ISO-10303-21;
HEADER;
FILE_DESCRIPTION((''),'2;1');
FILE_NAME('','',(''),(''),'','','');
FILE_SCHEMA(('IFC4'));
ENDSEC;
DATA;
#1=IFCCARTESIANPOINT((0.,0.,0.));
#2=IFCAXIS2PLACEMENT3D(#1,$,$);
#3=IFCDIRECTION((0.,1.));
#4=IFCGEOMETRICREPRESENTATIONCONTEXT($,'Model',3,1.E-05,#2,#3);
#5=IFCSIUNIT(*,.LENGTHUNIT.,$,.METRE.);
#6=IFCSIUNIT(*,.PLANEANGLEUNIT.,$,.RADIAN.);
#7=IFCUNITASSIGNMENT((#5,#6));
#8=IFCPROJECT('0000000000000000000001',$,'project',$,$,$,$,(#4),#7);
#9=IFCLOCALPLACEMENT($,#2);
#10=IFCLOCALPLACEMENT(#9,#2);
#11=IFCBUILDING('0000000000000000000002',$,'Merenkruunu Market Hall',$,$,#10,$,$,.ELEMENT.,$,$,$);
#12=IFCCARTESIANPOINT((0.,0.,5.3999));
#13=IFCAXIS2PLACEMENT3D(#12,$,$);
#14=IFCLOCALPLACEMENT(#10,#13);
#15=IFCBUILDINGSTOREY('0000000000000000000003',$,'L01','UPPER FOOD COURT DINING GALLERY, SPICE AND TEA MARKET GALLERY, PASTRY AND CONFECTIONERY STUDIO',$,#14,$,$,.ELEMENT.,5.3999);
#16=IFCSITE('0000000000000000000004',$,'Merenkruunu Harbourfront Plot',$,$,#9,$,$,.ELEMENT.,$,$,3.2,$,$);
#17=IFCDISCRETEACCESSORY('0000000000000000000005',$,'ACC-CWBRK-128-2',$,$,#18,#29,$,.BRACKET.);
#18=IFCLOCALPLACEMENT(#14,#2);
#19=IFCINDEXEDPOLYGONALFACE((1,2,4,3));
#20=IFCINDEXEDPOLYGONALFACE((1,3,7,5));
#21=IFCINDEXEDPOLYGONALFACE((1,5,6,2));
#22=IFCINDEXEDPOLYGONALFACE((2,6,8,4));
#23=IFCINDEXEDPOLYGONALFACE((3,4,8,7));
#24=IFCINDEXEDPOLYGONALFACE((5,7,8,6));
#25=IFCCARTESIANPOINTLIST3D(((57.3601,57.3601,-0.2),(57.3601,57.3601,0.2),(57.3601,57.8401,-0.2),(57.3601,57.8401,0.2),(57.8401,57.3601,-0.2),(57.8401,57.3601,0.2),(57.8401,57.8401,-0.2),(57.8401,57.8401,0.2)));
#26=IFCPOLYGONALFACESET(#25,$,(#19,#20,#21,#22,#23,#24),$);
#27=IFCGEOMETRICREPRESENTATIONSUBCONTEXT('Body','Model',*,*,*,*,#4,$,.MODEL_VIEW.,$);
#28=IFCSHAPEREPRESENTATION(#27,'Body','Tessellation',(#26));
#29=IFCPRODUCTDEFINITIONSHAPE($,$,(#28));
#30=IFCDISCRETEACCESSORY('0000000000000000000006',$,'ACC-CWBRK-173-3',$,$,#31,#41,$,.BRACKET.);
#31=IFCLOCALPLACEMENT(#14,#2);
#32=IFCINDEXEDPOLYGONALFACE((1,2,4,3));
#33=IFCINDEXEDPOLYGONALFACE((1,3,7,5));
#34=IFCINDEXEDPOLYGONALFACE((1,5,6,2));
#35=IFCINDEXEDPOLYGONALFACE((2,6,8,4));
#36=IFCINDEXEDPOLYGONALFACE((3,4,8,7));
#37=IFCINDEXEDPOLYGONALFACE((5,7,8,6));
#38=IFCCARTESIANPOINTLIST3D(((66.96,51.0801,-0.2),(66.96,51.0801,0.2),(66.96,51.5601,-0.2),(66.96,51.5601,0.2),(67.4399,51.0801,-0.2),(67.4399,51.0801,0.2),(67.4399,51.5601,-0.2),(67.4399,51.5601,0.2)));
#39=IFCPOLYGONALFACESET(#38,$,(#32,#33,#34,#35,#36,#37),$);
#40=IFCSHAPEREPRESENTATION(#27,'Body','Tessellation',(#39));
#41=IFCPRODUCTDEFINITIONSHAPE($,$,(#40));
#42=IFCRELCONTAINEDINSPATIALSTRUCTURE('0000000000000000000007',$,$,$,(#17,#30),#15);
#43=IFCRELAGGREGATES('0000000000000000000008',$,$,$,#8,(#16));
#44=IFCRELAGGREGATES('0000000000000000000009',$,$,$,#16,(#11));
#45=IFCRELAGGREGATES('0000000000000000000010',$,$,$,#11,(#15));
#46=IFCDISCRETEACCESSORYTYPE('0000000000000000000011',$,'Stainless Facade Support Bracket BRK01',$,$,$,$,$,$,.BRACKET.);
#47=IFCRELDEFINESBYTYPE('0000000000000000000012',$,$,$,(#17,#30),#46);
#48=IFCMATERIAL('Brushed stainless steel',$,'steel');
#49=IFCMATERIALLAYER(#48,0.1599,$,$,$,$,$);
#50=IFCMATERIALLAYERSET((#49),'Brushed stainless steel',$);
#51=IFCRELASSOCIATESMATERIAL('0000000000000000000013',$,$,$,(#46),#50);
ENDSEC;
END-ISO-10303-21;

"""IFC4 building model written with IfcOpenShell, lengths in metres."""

from ifc_helpers import new_model, si_unit, direction, frame, origin, origin_2d, place, context, subcontext, project, spatial, rectangle, extrude, material, layer, layer_set, type_object, element, save


model = new_model("IFC4")

# Units and contexts
model_context = context("Model", 3, precision=1e-05, world=origin(), true_north=direction((0.0, 1.0)))
body_context = subcontext(model_context, "Body", "Model", "MODEL_VIEW")
ifc_project = project(units=[si_unit("LENGTHUNIT", "METRE"), si_unit("PLANEANGLEUNIT", "RADIAN")], contexts=[model_context])

# Site, building, storey
site_placement = place(None, origin())
site = spatial("IfcSite", under=ifc_project, at=site_placement, Name="Merenkruunu Harbourfront Plot", CompositionType="ELEMENT", RefElevation=3.2)
building_placement = place(site_placement, origin())
building = spatial("IfcBuilding", under=site, at=building_placement, Name="Merenkruunu Market Hall", CompositionType="ELEMENT")
storey_placement = place(building_placement, frame((0.0, 0.0, 5.3999)))
storey = spatial("IfcBuildingStorey", under=building, at=storey_placement, Name="L01", Description="UPPER FOOD COURT DINING GALLERY, SPICE AND TEA MARKET GALLERY, PASTRY AND CONFECTIONERY STUDIO", CompositionType="ELEMENT", Elevation=5.3999)

# Shared definitions
ifc_material_1 = material(Name="Brushed stainless steel", Category="steel")

# Discrete accessories
ifc_layer_1 = layer(ifc_material_1, 0.1599)
ifc_layer_set_1 = layer_set([ifc_layer_1], Name="Brushed stainless steel")
discrete_accessory_type = type_object("IfcDiscreteAccessoryType", Name="Stainless Facade Support Bracket BRK01", PredefinedType="BRACKET", material=ifc_layer_set_1)
for number, where, z_axis, x_axis, name in (
    (1, (57.6001, 57.6001, -0.2), (0.0, 0.0, 1.0), (1.0, 0.0, 0.0), "ACC-CWBRK-128-2"),
    (2, (67.2, 51.3201, -0.2), (0.0, 0.0, 1.0), (1.0, 0.0, 0.0), "ACC-CWBRK-173-3"),
):
    element("IfcDiscreteAccessory", number, at=place(storey_placement, frame(where, z_axis=z_axis, x_axis=x_axis)), inside=storey, type_object=discrete_accessory_type, Name=name, PredefinedType="BRACKET", context=body_context, shape_type="SweptSolid", body=[
        extrude(rectangle(XDim=0.48, YDim=0.48, at=origin_2d()), origin(), (0.0, 0.0, 1.0), 0.3999),
    ])

save(model, "model.ifc")
